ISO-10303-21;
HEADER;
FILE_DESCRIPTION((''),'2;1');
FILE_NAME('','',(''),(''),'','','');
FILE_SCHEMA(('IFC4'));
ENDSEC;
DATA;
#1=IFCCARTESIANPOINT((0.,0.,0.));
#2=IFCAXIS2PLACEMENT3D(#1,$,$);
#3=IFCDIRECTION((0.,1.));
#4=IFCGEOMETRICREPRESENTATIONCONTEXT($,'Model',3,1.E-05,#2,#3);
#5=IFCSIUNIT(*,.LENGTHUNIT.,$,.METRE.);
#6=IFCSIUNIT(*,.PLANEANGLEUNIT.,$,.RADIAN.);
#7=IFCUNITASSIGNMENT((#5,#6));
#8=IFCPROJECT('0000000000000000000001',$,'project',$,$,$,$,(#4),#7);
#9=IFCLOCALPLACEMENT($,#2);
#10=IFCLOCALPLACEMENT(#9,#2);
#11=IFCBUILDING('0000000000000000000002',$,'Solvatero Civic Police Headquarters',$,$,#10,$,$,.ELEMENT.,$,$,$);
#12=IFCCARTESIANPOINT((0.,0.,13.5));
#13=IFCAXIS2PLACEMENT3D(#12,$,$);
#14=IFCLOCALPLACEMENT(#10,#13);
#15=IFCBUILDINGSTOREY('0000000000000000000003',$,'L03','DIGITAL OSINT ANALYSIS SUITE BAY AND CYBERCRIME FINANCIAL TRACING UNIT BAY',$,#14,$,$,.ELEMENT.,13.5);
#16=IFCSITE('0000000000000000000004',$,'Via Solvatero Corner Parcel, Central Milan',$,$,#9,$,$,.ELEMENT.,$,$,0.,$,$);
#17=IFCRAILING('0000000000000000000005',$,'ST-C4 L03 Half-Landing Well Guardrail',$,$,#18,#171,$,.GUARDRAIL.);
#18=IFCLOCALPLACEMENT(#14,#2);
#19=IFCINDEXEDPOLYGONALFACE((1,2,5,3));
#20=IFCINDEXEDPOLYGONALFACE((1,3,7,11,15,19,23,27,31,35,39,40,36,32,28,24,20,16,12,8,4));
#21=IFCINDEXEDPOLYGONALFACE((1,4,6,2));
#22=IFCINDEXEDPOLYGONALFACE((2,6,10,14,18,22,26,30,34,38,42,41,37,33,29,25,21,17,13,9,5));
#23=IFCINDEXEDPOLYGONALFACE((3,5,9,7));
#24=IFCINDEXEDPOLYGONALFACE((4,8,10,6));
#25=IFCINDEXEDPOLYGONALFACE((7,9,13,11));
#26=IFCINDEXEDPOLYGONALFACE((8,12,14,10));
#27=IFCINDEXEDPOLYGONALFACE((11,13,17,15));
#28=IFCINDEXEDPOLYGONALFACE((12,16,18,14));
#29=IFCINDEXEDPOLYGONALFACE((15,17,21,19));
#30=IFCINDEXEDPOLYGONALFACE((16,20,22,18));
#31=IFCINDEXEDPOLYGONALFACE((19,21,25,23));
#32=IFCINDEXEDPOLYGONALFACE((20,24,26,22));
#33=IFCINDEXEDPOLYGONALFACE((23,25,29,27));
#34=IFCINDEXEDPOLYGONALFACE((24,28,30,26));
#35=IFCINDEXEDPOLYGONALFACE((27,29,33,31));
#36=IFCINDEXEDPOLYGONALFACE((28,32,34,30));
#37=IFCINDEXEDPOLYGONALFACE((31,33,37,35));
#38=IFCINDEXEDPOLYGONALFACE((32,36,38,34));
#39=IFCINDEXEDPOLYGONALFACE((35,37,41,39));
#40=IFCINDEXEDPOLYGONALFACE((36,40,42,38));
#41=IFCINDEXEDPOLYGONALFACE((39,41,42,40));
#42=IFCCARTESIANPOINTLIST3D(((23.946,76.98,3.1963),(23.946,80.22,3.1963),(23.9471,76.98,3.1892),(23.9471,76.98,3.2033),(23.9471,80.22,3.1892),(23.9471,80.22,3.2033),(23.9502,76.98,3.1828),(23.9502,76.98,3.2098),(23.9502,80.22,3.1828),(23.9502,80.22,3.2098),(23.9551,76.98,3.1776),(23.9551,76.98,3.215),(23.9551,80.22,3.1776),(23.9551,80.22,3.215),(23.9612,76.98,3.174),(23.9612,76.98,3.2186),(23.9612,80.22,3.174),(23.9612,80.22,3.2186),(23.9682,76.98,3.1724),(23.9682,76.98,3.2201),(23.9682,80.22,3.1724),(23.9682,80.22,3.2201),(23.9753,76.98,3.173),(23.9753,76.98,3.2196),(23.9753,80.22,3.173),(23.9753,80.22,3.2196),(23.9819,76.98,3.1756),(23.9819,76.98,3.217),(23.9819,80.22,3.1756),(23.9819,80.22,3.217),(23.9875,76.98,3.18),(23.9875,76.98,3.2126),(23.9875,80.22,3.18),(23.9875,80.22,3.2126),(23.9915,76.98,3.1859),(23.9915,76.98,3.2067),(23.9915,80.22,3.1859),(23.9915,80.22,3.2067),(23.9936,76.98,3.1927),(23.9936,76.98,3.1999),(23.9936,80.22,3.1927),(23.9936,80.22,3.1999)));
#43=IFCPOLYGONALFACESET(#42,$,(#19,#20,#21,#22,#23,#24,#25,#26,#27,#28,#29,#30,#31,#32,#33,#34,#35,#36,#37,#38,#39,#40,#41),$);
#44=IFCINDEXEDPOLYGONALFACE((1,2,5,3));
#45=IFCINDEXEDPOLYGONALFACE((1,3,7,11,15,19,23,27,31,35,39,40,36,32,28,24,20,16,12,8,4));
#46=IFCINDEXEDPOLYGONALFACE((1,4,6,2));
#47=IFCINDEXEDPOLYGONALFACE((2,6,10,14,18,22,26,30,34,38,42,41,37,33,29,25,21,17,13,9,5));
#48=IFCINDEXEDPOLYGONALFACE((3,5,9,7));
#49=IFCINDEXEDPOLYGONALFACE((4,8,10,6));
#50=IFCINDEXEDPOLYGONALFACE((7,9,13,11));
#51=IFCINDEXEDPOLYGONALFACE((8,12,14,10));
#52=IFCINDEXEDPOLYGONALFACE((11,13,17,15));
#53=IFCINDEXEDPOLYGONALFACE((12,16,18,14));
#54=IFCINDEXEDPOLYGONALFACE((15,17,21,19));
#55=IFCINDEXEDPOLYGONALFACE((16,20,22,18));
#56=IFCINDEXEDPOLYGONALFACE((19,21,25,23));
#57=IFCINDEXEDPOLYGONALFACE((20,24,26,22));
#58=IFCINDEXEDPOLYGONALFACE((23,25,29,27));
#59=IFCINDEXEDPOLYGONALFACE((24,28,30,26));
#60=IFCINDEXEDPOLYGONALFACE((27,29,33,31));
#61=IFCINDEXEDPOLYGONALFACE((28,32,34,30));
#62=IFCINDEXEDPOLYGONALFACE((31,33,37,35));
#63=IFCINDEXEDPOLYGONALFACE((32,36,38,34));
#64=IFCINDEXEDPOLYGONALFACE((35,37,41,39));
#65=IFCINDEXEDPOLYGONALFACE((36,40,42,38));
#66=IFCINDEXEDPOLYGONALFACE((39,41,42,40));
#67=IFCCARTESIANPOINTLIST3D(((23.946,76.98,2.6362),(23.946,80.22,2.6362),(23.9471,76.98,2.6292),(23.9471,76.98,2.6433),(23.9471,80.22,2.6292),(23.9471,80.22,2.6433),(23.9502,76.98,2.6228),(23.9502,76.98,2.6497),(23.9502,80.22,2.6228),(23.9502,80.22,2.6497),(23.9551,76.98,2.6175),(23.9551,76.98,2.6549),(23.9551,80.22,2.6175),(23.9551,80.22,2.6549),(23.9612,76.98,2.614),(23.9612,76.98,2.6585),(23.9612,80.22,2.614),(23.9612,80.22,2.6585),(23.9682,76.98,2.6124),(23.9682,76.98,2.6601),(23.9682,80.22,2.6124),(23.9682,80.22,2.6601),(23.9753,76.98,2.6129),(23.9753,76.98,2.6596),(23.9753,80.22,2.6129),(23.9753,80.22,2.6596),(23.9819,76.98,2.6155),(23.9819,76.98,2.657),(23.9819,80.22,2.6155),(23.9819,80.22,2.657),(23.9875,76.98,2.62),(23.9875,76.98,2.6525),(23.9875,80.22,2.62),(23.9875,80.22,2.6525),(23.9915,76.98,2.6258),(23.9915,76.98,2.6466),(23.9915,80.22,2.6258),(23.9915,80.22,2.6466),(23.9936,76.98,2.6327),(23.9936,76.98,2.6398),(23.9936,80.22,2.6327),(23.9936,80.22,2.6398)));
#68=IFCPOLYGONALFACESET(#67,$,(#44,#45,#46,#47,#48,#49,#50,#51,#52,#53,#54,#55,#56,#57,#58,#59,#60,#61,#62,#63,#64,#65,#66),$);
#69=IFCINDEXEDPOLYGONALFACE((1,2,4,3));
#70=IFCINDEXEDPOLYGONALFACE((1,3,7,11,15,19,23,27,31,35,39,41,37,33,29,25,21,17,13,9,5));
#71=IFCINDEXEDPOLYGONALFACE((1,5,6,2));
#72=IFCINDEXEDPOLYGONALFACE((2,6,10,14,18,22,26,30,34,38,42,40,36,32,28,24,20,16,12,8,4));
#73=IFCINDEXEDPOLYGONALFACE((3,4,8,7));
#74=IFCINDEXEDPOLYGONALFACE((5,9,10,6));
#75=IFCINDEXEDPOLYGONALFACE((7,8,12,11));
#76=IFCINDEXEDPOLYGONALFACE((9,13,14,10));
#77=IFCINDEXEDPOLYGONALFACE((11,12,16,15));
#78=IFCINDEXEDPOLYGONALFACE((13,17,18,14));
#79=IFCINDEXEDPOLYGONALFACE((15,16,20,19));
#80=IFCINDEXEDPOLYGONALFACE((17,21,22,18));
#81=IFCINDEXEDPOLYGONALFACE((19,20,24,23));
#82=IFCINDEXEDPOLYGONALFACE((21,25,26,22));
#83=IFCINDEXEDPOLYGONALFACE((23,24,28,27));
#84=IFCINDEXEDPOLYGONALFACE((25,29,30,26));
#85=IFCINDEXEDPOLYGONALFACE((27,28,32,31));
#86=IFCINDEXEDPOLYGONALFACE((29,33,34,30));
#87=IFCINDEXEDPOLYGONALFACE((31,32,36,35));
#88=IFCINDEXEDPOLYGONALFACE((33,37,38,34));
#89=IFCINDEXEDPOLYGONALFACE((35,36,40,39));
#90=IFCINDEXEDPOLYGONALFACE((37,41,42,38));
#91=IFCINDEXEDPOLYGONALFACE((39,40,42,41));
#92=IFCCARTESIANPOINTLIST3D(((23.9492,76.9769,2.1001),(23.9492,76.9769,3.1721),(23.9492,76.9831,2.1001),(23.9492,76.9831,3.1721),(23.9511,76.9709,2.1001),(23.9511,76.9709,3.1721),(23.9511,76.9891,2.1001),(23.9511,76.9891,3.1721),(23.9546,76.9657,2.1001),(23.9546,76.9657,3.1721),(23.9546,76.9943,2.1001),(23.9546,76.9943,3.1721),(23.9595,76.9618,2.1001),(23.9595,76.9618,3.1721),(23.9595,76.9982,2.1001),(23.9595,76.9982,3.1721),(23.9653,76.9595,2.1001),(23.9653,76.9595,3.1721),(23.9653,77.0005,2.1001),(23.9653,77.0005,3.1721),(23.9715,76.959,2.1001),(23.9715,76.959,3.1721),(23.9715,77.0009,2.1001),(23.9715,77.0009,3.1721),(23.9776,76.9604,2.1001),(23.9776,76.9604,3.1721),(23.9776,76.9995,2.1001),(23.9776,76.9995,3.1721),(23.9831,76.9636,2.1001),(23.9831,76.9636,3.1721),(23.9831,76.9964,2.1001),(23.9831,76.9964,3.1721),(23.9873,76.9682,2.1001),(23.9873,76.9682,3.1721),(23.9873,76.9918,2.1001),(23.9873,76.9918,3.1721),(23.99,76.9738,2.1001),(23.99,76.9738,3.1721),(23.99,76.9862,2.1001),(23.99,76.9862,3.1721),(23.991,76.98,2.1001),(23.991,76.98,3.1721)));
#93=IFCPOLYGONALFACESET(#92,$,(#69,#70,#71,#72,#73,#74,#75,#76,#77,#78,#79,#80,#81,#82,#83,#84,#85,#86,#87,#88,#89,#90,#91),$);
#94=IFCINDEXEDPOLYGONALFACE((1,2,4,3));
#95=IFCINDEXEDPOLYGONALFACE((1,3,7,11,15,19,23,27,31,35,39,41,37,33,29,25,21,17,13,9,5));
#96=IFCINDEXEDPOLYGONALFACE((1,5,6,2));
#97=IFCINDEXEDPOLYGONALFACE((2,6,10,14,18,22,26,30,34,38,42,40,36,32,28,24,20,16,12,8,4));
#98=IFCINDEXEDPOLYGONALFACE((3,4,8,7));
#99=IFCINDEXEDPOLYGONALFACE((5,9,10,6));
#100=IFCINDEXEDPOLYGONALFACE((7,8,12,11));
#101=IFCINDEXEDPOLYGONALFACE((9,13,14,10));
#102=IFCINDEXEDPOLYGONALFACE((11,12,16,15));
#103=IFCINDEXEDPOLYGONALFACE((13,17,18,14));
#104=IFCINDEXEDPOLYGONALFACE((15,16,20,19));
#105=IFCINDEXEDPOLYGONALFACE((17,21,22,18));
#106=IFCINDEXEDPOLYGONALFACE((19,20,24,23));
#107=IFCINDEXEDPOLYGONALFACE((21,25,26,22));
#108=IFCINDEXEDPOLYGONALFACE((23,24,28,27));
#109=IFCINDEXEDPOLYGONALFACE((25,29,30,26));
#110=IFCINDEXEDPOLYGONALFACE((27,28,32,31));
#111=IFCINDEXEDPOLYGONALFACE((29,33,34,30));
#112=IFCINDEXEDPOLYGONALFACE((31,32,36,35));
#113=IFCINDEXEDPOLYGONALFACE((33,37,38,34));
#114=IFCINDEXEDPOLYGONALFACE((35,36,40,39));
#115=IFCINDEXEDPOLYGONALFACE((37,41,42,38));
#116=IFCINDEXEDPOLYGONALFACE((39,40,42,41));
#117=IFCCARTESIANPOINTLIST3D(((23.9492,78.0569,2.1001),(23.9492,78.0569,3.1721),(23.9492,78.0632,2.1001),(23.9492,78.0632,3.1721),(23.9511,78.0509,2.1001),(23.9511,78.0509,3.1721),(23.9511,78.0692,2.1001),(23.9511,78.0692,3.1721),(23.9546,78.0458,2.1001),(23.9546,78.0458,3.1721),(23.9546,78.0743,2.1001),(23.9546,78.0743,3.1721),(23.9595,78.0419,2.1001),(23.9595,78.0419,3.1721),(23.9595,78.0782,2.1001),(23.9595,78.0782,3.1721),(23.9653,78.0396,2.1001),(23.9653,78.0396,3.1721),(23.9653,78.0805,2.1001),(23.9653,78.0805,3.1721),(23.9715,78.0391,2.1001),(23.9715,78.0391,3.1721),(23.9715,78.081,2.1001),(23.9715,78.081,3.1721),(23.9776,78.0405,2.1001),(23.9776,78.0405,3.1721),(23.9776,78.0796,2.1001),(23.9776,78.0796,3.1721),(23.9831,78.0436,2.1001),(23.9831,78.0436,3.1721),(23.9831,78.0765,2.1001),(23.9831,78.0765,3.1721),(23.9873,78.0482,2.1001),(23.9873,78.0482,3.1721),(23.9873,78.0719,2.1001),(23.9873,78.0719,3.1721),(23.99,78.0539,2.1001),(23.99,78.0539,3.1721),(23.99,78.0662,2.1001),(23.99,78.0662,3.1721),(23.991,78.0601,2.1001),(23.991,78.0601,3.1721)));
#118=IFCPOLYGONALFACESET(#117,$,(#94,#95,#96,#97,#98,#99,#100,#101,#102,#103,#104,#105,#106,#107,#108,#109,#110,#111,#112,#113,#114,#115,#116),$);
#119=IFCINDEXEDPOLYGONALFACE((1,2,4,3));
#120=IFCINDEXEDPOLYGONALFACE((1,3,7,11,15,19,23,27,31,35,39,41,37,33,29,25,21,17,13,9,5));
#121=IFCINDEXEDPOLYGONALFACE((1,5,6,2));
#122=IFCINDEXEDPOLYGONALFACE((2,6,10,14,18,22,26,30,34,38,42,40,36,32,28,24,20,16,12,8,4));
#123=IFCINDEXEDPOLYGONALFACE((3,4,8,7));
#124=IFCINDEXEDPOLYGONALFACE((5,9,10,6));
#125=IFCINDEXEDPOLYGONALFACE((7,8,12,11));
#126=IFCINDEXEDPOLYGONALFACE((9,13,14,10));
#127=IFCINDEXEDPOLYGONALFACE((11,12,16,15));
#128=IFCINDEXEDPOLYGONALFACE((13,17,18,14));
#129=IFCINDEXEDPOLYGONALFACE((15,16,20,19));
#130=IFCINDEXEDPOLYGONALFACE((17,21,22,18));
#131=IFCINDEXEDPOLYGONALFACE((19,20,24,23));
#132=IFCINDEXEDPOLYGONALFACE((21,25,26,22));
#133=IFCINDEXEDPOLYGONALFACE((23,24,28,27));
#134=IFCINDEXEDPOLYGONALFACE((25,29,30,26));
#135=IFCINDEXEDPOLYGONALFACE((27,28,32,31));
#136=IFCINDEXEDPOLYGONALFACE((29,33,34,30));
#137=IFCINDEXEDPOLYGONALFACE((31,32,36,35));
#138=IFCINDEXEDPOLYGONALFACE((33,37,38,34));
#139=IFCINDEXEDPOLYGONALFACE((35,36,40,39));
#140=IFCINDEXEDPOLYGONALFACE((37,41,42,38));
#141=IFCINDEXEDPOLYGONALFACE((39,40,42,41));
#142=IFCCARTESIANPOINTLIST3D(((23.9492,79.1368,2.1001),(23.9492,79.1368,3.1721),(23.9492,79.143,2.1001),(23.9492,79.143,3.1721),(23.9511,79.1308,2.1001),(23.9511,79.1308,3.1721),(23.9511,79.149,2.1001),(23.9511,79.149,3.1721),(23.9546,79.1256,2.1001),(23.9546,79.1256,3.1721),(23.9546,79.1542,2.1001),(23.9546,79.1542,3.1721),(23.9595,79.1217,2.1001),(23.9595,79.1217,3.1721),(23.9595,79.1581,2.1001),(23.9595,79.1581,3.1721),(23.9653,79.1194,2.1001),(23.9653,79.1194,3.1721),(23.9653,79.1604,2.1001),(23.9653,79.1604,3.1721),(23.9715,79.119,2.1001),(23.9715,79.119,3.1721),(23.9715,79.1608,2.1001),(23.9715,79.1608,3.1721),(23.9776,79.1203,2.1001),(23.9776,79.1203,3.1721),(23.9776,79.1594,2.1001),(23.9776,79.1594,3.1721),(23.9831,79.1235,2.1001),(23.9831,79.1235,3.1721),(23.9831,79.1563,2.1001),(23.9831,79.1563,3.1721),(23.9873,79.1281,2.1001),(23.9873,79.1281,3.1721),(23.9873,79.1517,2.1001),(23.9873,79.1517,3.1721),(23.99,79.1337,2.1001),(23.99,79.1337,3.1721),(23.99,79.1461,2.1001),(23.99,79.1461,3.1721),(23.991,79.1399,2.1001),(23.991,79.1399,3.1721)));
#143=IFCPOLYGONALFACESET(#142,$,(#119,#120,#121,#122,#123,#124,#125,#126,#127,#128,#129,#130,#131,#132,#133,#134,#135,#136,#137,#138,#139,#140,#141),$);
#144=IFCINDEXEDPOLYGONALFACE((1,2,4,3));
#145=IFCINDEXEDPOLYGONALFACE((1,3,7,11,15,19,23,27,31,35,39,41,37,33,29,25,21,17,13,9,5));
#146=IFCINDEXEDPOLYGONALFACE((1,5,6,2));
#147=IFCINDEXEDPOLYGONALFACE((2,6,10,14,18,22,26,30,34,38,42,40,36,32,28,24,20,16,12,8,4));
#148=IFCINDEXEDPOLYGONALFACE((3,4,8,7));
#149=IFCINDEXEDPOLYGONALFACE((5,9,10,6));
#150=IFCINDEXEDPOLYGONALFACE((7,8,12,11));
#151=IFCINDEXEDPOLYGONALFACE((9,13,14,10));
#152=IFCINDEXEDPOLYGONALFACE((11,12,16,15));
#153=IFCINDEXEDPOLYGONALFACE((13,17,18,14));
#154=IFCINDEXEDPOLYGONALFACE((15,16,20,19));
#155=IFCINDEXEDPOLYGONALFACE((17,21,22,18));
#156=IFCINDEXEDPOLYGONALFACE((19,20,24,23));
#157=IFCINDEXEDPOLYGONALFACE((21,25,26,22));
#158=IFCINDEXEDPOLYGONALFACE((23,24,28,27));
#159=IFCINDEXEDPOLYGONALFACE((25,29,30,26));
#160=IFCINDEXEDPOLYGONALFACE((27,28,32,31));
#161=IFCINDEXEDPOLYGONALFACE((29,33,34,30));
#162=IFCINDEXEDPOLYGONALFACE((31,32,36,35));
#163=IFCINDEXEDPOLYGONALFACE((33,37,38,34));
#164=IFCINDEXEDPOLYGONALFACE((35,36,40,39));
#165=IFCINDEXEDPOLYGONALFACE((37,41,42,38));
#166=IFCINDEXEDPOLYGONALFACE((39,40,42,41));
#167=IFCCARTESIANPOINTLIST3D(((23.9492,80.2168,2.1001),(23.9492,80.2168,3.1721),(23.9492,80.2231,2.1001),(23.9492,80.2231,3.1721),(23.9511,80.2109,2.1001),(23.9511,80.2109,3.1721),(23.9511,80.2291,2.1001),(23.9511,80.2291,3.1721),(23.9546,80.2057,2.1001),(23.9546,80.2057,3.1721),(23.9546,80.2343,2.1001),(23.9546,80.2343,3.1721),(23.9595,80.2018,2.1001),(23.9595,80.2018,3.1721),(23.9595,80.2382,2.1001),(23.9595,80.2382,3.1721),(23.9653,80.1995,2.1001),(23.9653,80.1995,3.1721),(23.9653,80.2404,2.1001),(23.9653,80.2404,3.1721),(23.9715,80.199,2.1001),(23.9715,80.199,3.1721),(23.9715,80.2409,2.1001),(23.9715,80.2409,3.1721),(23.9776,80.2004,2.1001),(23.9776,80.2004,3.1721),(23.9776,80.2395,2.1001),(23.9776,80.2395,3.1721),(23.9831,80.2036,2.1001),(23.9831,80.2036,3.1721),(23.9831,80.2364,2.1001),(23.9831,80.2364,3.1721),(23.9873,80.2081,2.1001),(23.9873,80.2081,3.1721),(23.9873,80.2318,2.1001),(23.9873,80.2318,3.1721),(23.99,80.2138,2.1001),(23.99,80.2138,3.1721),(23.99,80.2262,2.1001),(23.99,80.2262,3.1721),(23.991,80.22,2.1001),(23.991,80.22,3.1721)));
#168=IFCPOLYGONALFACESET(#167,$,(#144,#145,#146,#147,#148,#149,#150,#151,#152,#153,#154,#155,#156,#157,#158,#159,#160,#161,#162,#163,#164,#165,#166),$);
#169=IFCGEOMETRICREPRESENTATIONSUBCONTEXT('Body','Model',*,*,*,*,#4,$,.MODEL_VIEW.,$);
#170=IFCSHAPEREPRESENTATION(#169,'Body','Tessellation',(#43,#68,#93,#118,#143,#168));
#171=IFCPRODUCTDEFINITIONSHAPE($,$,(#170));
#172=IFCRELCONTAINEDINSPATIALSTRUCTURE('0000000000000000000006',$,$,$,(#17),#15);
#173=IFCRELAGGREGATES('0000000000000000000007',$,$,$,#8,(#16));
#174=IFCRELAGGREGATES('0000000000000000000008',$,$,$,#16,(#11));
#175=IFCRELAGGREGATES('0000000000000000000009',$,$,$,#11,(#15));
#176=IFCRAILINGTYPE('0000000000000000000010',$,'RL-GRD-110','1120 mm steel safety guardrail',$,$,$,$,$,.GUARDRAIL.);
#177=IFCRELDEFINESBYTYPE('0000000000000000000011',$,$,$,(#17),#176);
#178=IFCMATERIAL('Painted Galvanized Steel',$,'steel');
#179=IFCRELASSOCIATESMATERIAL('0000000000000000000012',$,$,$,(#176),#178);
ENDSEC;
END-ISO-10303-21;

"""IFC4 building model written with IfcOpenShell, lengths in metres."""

from ifc_helpers import new_model, si_unit, direction, frame, origin, origin_2d, place, context, subcontext, project, spatial, circle, extrude, material, type_object, element, save


model = new_model("IFC4")

# Units and contexts
model_context = context("Model", 3, precision=1e-05, world=origin(), true_north=direction((0.0, 1.0)))
body_context = subcontext(model_context, "Body", "Model", "MODEL_VIEW")
ifc_project = project(units=[si_unit("LENGTHUNIT", "METRE"), si_unit("PLANEANGLEUNIT", "RADIAN")], contexts=[model_context])

# Site, building, storey
site_placement = place(None, origin())
site = spatial("IfcSite", under=ifc_project, at=site_placement, Name="Via Solvatero Corner Parcel, Central Milan", CompositionType="ELEMENT", RefElevation=0.0)
building_placement = place(site_placement, origin())
building = spatial("IfcBuilding", under=site, at=building_placement, Name="Solvatero Civic Police Headquarters", CompositionType="ELEMENT")
storey_placement = place(building_placement, frame((0.0, 0.0, 13.5)))
storey = spatial("IfcBuildingStorey", under=building, at=storey_placement, Name="L03", Description="DIGITAL OSINT ANALYSIS SUITE BAY AND CYBERCRIME FINANCIAL TRACING UNIT BAY", CompositionType="ELEMENT", Elevation=13.5)

# Railing
ifc_material_1 = material(Name="Painted Galvanized Steel", Category="steel")
railing_type_1 = type_object("IfcRailingType", Name="RL-GRD-110", Description="1120 mm steel safety guardrail", PredefinedType="GUARDRAIL", material=ifc_material_1)
railing_1_placement = place(storey_placement, frame((23.97, 76.98, 2.1001)))
element("IfcRailing", 1, at=railing_1_placement, inside=storey, type_object=railing_type_1, Name="ST-C4 L03 Half-Landing Well Guardrail", PredefinedType="GUARDRAIL", context=body_context, shape_type="SweptSolid", body=[
    extrude(circle(Radius=0.0239, at=origin_2d()), frame((0.0, 0.0, 1.0962), z_axis=(0.0, 1.0, 0.0), x_axis=(-1.0, 0.0, 0.0)), (0.0, 0.0, 1.0), 3.24),
    extrude(circle(Radius=0.0239, at=origin_2d()), frame((0.0, 0.0, 0.5361), z_axis=(0.0, 1.0, 0.0), x_axis=(-1.0, 0.0, 0.0)), (0.0, 0.0, 1.0), 3.24),
    extrude(circle(Radius=0.021, at=origin_2d()), origin(), (0.0, 0.0, 1.0), 1.072),
    extrude(circle(Radius=0.021, at=origin_2d()), frame((0.0, 1.0801, 0.0)), (0.0, 0.0, 1.0), 1.072),
    extrude(circle(Radius=0.021, at=origin_2d()), frame((0.0, 2.1599, 0.0)), (0.0, 0.0, 1.0), 1.072),
    extrude(circle(Radius=0.021, at=origin_2d()), frame((0.0, 3.24, 0.0)), (0.0, 0.0, 1.0), 1.072),
])

save(model, "model.ifc")
